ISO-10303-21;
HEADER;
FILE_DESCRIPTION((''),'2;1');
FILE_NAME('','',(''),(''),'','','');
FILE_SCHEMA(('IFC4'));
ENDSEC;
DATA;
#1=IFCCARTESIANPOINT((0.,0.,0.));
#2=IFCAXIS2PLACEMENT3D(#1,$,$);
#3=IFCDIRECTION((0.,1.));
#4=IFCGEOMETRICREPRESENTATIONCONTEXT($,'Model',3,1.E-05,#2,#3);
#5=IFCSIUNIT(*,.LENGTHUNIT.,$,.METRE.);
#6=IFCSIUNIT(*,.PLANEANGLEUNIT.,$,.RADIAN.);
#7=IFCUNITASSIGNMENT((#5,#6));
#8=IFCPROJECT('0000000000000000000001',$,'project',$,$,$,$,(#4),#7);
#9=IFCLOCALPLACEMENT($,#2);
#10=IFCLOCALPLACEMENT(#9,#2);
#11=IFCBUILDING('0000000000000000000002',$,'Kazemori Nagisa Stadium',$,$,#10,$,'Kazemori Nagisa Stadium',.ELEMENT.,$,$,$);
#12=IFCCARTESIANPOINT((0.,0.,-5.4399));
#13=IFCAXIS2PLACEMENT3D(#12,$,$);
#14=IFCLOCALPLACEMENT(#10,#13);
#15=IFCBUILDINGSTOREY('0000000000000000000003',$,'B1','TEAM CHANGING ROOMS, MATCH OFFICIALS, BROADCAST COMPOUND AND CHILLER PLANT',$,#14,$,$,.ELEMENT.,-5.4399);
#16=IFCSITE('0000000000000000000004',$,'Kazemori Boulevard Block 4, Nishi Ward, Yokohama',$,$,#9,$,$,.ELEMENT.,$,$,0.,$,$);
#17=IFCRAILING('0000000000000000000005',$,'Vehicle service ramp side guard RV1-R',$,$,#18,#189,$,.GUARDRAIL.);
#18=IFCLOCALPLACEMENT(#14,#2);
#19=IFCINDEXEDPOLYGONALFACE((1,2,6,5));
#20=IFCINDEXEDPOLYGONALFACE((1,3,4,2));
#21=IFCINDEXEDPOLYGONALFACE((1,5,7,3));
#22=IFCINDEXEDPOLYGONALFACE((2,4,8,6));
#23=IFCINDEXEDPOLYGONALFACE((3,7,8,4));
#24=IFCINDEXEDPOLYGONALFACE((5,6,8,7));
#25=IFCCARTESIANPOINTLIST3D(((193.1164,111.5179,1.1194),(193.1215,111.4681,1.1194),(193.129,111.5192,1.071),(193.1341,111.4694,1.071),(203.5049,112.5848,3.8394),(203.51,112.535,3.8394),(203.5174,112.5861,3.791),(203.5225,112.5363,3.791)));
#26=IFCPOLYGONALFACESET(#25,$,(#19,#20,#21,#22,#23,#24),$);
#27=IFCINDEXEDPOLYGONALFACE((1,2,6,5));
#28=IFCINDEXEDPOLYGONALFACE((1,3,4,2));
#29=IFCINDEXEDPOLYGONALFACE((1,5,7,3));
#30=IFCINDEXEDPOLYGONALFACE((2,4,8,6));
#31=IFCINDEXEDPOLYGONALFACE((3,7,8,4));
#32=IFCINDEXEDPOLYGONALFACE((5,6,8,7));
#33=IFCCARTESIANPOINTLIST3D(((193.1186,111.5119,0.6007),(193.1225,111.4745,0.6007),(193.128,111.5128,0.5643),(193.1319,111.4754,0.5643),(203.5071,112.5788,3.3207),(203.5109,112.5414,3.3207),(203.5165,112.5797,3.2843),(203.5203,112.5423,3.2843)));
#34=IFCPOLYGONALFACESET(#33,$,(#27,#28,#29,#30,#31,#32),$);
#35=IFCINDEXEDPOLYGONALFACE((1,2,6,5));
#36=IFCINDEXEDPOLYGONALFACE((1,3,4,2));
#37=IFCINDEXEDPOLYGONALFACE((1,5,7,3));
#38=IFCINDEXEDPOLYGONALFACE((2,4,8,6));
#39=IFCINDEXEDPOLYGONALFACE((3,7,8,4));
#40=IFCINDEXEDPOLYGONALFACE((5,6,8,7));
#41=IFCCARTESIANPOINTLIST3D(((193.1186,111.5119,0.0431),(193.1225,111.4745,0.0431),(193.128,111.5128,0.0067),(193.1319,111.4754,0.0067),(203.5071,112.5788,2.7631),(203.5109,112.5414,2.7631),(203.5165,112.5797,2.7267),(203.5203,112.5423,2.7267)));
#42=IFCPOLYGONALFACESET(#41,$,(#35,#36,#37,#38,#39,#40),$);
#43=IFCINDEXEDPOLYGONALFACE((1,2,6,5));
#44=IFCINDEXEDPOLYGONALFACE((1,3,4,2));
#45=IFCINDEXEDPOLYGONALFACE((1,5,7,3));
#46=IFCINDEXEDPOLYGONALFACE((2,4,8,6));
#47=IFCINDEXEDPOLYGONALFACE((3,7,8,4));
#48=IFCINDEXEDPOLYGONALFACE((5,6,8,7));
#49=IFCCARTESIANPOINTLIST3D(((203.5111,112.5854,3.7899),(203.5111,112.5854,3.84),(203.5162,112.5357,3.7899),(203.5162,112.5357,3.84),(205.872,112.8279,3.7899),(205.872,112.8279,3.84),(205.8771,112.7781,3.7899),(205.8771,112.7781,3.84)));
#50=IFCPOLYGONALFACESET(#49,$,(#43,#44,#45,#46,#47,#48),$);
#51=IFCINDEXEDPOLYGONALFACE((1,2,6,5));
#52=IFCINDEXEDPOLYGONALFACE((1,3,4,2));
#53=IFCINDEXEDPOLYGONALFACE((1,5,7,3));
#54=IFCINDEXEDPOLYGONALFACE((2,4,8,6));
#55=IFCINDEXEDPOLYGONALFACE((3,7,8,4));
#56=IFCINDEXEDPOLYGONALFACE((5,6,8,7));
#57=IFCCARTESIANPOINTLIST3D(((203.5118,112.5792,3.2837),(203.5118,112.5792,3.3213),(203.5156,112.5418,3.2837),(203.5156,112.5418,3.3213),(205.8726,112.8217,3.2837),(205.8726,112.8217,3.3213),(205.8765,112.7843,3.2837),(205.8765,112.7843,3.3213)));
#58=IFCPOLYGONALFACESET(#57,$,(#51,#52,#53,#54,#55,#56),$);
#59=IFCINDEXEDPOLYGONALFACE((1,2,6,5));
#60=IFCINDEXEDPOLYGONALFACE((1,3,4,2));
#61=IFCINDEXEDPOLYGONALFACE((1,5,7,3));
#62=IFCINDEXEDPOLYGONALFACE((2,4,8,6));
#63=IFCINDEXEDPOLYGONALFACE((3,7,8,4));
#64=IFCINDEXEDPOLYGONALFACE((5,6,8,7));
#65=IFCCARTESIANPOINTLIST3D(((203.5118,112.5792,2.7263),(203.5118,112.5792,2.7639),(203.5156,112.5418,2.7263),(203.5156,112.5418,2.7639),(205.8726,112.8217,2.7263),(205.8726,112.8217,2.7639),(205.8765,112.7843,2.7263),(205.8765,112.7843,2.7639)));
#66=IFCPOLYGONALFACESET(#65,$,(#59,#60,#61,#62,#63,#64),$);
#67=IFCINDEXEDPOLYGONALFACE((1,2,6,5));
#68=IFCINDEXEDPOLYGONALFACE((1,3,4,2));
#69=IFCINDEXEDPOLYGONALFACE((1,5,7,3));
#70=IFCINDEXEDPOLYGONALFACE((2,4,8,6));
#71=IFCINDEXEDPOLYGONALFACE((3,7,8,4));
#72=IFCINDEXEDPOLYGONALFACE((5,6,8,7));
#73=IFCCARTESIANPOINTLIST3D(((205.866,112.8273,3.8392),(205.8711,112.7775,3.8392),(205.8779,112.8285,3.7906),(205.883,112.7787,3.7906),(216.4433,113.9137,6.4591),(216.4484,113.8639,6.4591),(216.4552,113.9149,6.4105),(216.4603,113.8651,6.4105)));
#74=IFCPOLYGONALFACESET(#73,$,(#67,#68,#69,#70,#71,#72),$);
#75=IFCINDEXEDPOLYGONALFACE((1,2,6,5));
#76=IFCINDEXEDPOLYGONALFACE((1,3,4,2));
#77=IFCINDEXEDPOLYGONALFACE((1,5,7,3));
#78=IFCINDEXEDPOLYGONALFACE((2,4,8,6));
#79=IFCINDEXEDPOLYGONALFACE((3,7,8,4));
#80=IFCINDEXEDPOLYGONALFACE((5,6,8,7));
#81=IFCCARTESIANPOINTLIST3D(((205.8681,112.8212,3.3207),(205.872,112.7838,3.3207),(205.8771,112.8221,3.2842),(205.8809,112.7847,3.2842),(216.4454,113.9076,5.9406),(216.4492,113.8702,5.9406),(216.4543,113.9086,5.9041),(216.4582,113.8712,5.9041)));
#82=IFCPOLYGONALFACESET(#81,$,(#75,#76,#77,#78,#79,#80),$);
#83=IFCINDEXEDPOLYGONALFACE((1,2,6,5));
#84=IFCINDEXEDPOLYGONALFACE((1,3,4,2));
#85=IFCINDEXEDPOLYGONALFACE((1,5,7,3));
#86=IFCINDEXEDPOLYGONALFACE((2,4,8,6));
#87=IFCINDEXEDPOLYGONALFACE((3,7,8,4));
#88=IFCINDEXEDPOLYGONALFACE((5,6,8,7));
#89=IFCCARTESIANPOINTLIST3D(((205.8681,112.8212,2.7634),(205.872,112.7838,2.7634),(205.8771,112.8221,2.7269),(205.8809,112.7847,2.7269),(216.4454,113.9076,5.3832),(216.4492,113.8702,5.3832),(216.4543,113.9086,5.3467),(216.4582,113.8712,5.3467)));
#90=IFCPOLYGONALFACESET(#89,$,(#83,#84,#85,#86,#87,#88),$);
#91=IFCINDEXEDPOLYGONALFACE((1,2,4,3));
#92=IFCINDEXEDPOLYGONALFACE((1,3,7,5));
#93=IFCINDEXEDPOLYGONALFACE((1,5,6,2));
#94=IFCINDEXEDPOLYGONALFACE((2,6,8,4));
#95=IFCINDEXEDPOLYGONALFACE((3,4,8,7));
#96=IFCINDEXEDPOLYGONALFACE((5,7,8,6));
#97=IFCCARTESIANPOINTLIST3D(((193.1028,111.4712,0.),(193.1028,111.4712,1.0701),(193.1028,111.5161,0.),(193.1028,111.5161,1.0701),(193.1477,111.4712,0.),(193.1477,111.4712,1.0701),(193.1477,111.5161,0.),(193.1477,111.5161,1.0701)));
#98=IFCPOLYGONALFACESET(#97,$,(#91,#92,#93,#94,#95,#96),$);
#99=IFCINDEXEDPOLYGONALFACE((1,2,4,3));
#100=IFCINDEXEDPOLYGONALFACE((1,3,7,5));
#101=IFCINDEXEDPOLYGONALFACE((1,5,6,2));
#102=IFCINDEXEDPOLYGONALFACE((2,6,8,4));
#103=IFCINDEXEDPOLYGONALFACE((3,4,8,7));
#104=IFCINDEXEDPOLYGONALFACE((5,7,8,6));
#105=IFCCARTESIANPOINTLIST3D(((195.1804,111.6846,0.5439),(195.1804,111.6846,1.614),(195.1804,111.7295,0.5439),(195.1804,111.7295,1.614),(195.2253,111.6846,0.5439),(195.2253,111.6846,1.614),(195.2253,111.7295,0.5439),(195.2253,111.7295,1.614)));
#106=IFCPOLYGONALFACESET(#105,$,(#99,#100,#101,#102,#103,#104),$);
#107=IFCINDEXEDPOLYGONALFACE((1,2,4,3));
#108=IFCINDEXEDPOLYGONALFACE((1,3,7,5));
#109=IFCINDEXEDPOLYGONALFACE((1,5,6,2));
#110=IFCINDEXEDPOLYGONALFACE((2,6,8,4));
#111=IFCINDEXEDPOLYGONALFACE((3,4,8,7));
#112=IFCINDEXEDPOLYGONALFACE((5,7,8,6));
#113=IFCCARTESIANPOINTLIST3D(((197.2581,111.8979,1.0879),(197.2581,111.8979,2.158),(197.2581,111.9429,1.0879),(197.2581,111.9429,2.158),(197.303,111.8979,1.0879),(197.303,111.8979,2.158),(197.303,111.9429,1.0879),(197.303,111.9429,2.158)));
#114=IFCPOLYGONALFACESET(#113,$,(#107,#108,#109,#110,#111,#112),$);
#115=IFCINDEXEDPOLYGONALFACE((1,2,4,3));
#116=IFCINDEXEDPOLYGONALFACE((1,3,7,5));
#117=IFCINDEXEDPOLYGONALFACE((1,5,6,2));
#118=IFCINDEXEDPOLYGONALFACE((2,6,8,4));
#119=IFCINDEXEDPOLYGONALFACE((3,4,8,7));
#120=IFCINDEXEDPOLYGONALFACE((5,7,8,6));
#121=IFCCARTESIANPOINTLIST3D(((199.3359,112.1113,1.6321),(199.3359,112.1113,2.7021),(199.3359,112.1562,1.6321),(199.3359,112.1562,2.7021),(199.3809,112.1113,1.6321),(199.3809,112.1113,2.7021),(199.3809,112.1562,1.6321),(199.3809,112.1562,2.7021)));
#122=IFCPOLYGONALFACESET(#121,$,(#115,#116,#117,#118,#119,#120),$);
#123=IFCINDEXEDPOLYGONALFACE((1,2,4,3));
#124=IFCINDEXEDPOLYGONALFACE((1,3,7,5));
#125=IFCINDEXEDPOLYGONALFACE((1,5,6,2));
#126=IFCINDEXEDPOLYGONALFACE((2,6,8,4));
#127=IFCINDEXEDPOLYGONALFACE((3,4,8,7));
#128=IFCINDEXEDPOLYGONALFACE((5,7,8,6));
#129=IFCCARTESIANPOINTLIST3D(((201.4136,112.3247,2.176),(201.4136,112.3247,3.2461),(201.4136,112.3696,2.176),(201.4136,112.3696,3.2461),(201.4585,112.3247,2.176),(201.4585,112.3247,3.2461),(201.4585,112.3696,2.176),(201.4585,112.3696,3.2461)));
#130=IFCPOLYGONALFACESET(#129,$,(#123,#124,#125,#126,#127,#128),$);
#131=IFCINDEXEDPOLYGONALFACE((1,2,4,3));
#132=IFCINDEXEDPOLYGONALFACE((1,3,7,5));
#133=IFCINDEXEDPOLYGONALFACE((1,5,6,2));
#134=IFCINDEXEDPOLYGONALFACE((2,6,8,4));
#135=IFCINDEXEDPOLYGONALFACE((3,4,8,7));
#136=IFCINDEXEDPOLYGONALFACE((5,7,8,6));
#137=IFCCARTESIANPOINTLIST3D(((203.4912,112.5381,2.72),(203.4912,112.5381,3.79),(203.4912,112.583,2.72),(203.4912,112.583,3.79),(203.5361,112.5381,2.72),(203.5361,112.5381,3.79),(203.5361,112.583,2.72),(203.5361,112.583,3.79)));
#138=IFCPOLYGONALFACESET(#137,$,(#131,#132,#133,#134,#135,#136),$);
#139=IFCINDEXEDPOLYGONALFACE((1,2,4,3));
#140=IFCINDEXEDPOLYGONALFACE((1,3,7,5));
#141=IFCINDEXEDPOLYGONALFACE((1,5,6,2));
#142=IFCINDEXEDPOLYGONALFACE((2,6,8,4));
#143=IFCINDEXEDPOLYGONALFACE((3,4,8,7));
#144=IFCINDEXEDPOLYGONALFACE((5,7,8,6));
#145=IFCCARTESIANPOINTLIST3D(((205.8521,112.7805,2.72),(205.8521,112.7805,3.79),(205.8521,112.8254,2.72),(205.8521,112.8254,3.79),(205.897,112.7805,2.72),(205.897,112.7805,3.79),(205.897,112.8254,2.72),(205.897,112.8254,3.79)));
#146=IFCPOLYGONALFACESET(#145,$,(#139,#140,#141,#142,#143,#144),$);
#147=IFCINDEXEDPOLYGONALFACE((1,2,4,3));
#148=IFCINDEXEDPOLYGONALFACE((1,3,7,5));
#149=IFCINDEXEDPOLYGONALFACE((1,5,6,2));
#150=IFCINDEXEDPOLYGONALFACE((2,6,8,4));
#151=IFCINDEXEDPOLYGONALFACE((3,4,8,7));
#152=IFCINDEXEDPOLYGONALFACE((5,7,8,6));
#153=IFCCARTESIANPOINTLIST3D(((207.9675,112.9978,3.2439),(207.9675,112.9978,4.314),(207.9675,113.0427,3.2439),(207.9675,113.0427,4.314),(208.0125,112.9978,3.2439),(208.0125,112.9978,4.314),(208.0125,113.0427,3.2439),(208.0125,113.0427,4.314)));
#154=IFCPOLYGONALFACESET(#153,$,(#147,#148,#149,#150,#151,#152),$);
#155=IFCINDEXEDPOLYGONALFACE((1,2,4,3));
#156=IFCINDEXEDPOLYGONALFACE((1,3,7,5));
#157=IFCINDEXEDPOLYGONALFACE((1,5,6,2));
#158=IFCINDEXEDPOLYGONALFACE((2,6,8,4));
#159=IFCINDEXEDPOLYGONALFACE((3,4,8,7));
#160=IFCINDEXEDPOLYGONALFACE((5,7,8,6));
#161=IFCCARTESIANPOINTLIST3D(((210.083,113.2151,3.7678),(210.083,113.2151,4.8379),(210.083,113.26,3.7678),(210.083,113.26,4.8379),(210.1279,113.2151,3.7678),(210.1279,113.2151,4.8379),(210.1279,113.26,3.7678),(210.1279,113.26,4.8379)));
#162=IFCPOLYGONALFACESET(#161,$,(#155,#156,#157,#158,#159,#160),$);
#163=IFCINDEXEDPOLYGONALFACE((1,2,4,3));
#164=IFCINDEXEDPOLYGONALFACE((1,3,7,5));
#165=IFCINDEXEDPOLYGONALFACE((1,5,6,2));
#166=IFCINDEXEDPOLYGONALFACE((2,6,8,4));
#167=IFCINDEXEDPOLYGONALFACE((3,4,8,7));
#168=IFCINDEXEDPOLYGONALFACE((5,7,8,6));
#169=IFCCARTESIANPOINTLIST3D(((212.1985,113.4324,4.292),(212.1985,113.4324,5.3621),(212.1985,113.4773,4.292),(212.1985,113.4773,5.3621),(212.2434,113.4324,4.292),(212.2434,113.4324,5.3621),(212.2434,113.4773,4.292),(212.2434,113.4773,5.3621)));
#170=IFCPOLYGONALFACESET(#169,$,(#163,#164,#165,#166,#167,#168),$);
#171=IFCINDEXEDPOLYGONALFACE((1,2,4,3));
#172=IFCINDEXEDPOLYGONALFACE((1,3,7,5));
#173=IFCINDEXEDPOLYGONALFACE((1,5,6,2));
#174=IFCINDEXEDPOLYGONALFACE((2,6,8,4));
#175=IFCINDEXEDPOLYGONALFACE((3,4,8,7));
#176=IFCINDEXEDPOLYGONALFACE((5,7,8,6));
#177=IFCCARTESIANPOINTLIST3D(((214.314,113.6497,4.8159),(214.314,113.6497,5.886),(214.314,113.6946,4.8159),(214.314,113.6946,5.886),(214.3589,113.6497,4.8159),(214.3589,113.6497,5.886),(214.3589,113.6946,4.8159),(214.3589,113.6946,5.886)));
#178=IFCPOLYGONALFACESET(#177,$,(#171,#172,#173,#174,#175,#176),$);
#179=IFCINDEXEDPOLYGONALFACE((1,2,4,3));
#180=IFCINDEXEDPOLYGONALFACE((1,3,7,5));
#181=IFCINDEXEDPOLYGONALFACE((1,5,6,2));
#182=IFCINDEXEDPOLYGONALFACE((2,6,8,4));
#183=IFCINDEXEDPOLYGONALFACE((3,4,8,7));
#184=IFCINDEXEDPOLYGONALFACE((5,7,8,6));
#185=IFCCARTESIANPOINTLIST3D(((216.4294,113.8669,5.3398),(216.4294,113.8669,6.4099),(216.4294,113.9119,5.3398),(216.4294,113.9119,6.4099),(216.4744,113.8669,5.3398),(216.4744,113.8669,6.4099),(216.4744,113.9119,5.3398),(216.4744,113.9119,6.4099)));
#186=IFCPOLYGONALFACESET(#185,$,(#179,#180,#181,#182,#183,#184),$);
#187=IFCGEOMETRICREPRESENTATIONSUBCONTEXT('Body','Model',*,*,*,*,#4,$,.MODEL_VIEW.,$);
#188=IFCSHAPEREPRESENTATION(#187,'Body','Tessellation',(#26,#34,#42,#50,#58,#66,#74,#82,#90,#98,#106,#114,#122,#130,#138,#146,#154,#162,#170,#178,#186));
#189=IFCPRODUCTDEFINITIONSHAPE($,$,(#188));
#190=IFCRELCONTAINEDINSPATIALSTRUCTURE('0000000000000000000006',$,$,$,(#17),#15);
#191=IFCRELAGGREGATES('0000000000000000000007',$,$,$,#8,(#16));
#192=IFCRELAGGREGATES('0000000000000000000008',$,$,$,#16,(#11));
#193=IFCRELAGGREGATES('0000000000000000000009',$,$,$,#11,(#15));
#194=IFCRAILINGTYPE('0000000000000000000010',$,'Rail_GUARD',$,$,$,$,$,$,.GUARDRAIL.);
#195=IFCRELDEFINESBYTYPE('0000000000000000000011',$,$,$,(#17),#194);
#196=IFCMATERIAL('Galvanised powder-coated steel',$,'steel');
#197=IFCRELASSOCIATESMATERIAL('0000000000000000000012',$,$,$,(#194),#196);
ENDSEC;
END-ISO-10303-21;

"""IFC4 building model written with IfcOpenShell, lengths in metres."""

from ifc_helpers import new_model, si_unit, direction, frame, origin, origin_2d, place, context, subcontext, project, spatial, rectangle, extrude, material, type_object, element, save


model = new_model("IFC4")

# Units and contexts
model_context = context("Model", 3, precision=1e-05, world=origin(), true_north=direction((0.0, 1.0)))
body_context = subcontext(model_context, "Body", "Model", "MODEL_VIEW")
ifc_project = project(units=[si_unit("LENGTHUNIT", "METRE"), si_unit("PLANEANGLEUNIT", "RADIAN")], contexts=[model_context])

# Site, building, storey
site_placement = place(None, origin())
site = spatial("IfcSite", under=ifc_project, at=site_placement, Name="Kazemori Boulevard Block 4, Nishi Ward, Yokohama", CompositionType="ELEMENT", RefElevation=0.0)
building_placement = place(site_placement, origin())
building = spatial("IfcBuilding", under=site, at=building_placement, Name="Kazemori Nagisa Stadium", LongName="Kazemori Nagisa Stadium", CompositionType="ELEMENT")
storey_placement = place(building_placement, frame((0.0, 0.0, -5.4399)))
storey = spatial("IfcBuildingStorey", under=building, at=storey_placement, Name="B1", Description="TEAM CHANGING ROOMS, MATCH OFFICIALS, BROADCAST COMPOUND AND CHILLER PLANT", CompositionType="ELEMENT", Elevation=-5.4399)

# Railing
ifc_material_1 = material(Name="Galvanised powder-coated steel", Category="steel")
railing_type = type_object("IfcRailingType", Name="Rail_GUARD", PredefinedType="GUARDRAIL", material=ifc_material_1)
railing_1_placement = place(storey_placement, frame((193.1252, 111.4937, 0.0)))
element("IfcRailing", 1, at=railing_1_placement, inside=storey, type_object=railing_type, Name="Vehicle service ramp side guard RV1-R", PredefinedType="GUARDRAIL", context=body_context, shape_type="SweptSolid", body=[
    extrude(rectangle(XDim=0.05, YDim=0.05, at=origin_2d()), frame((0.0, 0.0, 1.0952), z_axis=(0.962651, 0.098865, 0.252048), x_axis=(-0.102163, 0.994768, 0.0)), (0.0, 0.0, 1.0), 10.7915),
    extrude(rectangle(XDim=0.0376, YDim=0.0376, at=origin_2d()), frame((0.0, 0.0, 0.5825), z_axis=(0.962651, 0.098865, 0.252048), x_axis=(-0.102163, 0.994768, 0.0)), (0.0, 0.0, 1.0), 10.7915),
    extrude(rectangle(XDim=0.0376, YDim=0.0376, at=origin_2d()), frame((0.0, 0.0, 0.0249), z_axis=(0.962651, 0.098865, 0.252048), x_axis=(-0.102163, 0.994768, 0.0)), (0.0, 0.0, 1.0), 10.7915),
    extrude(rectangle(XDim=0.05, YDim=0.05, at=origin_2d()), frame((10.3884, 1.0669, 3.8149), z_axis=(0.994769, 0.102152, 0.0), x_axis=(-0.102152, 0.994769, 0.0)), (0.0, 0.0, 1.0), 2.3733),
    extrude(rectangle(XDim=0.0376, YDim=0.0376, at=origin_2d()), frame((10.3884, 1.0669, 3.3025), z_axis=(0.994769, 0.102152, 0.0), x_axis=(-0.102152, 0.994769, 0.0)), (0.0, 0.0, 1.0), 2.3733),
    extrude(rectangle(XDim=0.0376, YDim=0.0376, at=origin_2d()), frame((10.3884, 1.0669, 2.7451), z_axis=(0.994769, 0.102152, 0.0), x_axis=(-0.102152, 0.994769, 0.0)), (0.0, 0.0, 1.0), 2.3733),
    extrude(rectangle(XDim=0.05, YDim=0.05, at=origin_2d()), frame((12.7493, 1.3093, 3.8149), z_axis=(0.96588, 0.099208, 0.239235), x_axis=(-0.102175, 0.994766, 0.0)), (0.0, 0.0, 1.0), 10.9509),
    extrude(rectangle(XDim=0.0376, YDim=0.0376, at=origin_2d()), frame((12.7493, 1.3093, 3.3025), z_axis=(0.96588, 0.099208, 0.239235), x_axis=(-0.102175, 0.994766, 0.0)), (0.0, 0.0, 1.0), 10.9509),
    extrude(rectangle(XDim=0.0376, YDim=0.0376, at=origin_2d()), frame((12.7493, 1.3093, 2.7451), z_axis=(0.96588, 0.099208, 0.239235), x_axis=(-0.102175, 0.994766, 0.0)), (0.0, 0.0, 1.0), 10.9509),
    extrude(rectangle(XDim=0.0449, YDim=0.0449, at=origin_2d()), origin(), (0.0, 0.0, 1.0), 1.0701),
    extrude(rectangle(XDim=0.0449, YDim=0.0449, at=origin_2d()), frame((2.0776, 0.2134, 0.5439)), (0.0, 0.0, 1.0), 1.0701),
    extrude(rectangle(XDim=0.0449, YDim=0.0449, at=origin_2d()), frame((4.1553, 0.4268, 1.0879)), (0.0, 0.0, 1.0), 1.0701),
    extrude(rectangle(XDim=0.0449, YDim=0.0449, at=origin_2d()), frame((6.2332, 0.6401, 1.6321)), (0.0, 0.0, 1.0), 1.0701),
    extrude(rectangle(XDim=0.0449, YDim=0.0449, at=origin_2d()), frame((8.3108, 0.8535, 2.176)), (0.0, 0.0, 1.0), 1.0701),
    extrude(rectangle(XDim=0.0449, YDim=0.0449, at=origin_2d()), frame((10.3884, 1.0669, 2.72)), (0.0, 0.0, 1.0), 1.0701),
    extrude(rectangle(XDim=0.0449, YDim=0.0449, at=origin_2d()), frame((12.7493, 1.3093, 2.72)), (0.0, 0.0, 1.0), 1.0701),
    extrude(rectangle(XDim=0.0449, YDim=0.0449, at=origin_2d()), frame((14.8647, 1.5266, 3.2439)), (0.0, 0.0, 1.0), 1.0701),
    extrude(rectangle(XDim=0.0449, YDim=0.0449, at=origin_2d()), frame((16.9802, 1.7439, 3.7678)), (0.0, 0.0, 1.0), 1.0701),
    extrude(rectangle(XDim=0.0449, YDim=0.0449, at=origin_2d()), frame((19.0957, 1.9612, 4.292)), (0.0, 0.0, 1.0), 1.0701),
    extrude(rectangle(XDim=0.0449, YDim=0.0449, at=origin_2d()), frame((21.2112, 2.1785, 4.8159)), (0.0, 0.0, 1.0), 1.0701),
    extrude(rectangle(XDim=0.0449, YDim=0.0449, at=origin_2d()), frame((23.3267, 2.3958, 5.3398)), (0.0, 0.0, 1.0), 1.0701),
])

save(model, "model.ifc")
